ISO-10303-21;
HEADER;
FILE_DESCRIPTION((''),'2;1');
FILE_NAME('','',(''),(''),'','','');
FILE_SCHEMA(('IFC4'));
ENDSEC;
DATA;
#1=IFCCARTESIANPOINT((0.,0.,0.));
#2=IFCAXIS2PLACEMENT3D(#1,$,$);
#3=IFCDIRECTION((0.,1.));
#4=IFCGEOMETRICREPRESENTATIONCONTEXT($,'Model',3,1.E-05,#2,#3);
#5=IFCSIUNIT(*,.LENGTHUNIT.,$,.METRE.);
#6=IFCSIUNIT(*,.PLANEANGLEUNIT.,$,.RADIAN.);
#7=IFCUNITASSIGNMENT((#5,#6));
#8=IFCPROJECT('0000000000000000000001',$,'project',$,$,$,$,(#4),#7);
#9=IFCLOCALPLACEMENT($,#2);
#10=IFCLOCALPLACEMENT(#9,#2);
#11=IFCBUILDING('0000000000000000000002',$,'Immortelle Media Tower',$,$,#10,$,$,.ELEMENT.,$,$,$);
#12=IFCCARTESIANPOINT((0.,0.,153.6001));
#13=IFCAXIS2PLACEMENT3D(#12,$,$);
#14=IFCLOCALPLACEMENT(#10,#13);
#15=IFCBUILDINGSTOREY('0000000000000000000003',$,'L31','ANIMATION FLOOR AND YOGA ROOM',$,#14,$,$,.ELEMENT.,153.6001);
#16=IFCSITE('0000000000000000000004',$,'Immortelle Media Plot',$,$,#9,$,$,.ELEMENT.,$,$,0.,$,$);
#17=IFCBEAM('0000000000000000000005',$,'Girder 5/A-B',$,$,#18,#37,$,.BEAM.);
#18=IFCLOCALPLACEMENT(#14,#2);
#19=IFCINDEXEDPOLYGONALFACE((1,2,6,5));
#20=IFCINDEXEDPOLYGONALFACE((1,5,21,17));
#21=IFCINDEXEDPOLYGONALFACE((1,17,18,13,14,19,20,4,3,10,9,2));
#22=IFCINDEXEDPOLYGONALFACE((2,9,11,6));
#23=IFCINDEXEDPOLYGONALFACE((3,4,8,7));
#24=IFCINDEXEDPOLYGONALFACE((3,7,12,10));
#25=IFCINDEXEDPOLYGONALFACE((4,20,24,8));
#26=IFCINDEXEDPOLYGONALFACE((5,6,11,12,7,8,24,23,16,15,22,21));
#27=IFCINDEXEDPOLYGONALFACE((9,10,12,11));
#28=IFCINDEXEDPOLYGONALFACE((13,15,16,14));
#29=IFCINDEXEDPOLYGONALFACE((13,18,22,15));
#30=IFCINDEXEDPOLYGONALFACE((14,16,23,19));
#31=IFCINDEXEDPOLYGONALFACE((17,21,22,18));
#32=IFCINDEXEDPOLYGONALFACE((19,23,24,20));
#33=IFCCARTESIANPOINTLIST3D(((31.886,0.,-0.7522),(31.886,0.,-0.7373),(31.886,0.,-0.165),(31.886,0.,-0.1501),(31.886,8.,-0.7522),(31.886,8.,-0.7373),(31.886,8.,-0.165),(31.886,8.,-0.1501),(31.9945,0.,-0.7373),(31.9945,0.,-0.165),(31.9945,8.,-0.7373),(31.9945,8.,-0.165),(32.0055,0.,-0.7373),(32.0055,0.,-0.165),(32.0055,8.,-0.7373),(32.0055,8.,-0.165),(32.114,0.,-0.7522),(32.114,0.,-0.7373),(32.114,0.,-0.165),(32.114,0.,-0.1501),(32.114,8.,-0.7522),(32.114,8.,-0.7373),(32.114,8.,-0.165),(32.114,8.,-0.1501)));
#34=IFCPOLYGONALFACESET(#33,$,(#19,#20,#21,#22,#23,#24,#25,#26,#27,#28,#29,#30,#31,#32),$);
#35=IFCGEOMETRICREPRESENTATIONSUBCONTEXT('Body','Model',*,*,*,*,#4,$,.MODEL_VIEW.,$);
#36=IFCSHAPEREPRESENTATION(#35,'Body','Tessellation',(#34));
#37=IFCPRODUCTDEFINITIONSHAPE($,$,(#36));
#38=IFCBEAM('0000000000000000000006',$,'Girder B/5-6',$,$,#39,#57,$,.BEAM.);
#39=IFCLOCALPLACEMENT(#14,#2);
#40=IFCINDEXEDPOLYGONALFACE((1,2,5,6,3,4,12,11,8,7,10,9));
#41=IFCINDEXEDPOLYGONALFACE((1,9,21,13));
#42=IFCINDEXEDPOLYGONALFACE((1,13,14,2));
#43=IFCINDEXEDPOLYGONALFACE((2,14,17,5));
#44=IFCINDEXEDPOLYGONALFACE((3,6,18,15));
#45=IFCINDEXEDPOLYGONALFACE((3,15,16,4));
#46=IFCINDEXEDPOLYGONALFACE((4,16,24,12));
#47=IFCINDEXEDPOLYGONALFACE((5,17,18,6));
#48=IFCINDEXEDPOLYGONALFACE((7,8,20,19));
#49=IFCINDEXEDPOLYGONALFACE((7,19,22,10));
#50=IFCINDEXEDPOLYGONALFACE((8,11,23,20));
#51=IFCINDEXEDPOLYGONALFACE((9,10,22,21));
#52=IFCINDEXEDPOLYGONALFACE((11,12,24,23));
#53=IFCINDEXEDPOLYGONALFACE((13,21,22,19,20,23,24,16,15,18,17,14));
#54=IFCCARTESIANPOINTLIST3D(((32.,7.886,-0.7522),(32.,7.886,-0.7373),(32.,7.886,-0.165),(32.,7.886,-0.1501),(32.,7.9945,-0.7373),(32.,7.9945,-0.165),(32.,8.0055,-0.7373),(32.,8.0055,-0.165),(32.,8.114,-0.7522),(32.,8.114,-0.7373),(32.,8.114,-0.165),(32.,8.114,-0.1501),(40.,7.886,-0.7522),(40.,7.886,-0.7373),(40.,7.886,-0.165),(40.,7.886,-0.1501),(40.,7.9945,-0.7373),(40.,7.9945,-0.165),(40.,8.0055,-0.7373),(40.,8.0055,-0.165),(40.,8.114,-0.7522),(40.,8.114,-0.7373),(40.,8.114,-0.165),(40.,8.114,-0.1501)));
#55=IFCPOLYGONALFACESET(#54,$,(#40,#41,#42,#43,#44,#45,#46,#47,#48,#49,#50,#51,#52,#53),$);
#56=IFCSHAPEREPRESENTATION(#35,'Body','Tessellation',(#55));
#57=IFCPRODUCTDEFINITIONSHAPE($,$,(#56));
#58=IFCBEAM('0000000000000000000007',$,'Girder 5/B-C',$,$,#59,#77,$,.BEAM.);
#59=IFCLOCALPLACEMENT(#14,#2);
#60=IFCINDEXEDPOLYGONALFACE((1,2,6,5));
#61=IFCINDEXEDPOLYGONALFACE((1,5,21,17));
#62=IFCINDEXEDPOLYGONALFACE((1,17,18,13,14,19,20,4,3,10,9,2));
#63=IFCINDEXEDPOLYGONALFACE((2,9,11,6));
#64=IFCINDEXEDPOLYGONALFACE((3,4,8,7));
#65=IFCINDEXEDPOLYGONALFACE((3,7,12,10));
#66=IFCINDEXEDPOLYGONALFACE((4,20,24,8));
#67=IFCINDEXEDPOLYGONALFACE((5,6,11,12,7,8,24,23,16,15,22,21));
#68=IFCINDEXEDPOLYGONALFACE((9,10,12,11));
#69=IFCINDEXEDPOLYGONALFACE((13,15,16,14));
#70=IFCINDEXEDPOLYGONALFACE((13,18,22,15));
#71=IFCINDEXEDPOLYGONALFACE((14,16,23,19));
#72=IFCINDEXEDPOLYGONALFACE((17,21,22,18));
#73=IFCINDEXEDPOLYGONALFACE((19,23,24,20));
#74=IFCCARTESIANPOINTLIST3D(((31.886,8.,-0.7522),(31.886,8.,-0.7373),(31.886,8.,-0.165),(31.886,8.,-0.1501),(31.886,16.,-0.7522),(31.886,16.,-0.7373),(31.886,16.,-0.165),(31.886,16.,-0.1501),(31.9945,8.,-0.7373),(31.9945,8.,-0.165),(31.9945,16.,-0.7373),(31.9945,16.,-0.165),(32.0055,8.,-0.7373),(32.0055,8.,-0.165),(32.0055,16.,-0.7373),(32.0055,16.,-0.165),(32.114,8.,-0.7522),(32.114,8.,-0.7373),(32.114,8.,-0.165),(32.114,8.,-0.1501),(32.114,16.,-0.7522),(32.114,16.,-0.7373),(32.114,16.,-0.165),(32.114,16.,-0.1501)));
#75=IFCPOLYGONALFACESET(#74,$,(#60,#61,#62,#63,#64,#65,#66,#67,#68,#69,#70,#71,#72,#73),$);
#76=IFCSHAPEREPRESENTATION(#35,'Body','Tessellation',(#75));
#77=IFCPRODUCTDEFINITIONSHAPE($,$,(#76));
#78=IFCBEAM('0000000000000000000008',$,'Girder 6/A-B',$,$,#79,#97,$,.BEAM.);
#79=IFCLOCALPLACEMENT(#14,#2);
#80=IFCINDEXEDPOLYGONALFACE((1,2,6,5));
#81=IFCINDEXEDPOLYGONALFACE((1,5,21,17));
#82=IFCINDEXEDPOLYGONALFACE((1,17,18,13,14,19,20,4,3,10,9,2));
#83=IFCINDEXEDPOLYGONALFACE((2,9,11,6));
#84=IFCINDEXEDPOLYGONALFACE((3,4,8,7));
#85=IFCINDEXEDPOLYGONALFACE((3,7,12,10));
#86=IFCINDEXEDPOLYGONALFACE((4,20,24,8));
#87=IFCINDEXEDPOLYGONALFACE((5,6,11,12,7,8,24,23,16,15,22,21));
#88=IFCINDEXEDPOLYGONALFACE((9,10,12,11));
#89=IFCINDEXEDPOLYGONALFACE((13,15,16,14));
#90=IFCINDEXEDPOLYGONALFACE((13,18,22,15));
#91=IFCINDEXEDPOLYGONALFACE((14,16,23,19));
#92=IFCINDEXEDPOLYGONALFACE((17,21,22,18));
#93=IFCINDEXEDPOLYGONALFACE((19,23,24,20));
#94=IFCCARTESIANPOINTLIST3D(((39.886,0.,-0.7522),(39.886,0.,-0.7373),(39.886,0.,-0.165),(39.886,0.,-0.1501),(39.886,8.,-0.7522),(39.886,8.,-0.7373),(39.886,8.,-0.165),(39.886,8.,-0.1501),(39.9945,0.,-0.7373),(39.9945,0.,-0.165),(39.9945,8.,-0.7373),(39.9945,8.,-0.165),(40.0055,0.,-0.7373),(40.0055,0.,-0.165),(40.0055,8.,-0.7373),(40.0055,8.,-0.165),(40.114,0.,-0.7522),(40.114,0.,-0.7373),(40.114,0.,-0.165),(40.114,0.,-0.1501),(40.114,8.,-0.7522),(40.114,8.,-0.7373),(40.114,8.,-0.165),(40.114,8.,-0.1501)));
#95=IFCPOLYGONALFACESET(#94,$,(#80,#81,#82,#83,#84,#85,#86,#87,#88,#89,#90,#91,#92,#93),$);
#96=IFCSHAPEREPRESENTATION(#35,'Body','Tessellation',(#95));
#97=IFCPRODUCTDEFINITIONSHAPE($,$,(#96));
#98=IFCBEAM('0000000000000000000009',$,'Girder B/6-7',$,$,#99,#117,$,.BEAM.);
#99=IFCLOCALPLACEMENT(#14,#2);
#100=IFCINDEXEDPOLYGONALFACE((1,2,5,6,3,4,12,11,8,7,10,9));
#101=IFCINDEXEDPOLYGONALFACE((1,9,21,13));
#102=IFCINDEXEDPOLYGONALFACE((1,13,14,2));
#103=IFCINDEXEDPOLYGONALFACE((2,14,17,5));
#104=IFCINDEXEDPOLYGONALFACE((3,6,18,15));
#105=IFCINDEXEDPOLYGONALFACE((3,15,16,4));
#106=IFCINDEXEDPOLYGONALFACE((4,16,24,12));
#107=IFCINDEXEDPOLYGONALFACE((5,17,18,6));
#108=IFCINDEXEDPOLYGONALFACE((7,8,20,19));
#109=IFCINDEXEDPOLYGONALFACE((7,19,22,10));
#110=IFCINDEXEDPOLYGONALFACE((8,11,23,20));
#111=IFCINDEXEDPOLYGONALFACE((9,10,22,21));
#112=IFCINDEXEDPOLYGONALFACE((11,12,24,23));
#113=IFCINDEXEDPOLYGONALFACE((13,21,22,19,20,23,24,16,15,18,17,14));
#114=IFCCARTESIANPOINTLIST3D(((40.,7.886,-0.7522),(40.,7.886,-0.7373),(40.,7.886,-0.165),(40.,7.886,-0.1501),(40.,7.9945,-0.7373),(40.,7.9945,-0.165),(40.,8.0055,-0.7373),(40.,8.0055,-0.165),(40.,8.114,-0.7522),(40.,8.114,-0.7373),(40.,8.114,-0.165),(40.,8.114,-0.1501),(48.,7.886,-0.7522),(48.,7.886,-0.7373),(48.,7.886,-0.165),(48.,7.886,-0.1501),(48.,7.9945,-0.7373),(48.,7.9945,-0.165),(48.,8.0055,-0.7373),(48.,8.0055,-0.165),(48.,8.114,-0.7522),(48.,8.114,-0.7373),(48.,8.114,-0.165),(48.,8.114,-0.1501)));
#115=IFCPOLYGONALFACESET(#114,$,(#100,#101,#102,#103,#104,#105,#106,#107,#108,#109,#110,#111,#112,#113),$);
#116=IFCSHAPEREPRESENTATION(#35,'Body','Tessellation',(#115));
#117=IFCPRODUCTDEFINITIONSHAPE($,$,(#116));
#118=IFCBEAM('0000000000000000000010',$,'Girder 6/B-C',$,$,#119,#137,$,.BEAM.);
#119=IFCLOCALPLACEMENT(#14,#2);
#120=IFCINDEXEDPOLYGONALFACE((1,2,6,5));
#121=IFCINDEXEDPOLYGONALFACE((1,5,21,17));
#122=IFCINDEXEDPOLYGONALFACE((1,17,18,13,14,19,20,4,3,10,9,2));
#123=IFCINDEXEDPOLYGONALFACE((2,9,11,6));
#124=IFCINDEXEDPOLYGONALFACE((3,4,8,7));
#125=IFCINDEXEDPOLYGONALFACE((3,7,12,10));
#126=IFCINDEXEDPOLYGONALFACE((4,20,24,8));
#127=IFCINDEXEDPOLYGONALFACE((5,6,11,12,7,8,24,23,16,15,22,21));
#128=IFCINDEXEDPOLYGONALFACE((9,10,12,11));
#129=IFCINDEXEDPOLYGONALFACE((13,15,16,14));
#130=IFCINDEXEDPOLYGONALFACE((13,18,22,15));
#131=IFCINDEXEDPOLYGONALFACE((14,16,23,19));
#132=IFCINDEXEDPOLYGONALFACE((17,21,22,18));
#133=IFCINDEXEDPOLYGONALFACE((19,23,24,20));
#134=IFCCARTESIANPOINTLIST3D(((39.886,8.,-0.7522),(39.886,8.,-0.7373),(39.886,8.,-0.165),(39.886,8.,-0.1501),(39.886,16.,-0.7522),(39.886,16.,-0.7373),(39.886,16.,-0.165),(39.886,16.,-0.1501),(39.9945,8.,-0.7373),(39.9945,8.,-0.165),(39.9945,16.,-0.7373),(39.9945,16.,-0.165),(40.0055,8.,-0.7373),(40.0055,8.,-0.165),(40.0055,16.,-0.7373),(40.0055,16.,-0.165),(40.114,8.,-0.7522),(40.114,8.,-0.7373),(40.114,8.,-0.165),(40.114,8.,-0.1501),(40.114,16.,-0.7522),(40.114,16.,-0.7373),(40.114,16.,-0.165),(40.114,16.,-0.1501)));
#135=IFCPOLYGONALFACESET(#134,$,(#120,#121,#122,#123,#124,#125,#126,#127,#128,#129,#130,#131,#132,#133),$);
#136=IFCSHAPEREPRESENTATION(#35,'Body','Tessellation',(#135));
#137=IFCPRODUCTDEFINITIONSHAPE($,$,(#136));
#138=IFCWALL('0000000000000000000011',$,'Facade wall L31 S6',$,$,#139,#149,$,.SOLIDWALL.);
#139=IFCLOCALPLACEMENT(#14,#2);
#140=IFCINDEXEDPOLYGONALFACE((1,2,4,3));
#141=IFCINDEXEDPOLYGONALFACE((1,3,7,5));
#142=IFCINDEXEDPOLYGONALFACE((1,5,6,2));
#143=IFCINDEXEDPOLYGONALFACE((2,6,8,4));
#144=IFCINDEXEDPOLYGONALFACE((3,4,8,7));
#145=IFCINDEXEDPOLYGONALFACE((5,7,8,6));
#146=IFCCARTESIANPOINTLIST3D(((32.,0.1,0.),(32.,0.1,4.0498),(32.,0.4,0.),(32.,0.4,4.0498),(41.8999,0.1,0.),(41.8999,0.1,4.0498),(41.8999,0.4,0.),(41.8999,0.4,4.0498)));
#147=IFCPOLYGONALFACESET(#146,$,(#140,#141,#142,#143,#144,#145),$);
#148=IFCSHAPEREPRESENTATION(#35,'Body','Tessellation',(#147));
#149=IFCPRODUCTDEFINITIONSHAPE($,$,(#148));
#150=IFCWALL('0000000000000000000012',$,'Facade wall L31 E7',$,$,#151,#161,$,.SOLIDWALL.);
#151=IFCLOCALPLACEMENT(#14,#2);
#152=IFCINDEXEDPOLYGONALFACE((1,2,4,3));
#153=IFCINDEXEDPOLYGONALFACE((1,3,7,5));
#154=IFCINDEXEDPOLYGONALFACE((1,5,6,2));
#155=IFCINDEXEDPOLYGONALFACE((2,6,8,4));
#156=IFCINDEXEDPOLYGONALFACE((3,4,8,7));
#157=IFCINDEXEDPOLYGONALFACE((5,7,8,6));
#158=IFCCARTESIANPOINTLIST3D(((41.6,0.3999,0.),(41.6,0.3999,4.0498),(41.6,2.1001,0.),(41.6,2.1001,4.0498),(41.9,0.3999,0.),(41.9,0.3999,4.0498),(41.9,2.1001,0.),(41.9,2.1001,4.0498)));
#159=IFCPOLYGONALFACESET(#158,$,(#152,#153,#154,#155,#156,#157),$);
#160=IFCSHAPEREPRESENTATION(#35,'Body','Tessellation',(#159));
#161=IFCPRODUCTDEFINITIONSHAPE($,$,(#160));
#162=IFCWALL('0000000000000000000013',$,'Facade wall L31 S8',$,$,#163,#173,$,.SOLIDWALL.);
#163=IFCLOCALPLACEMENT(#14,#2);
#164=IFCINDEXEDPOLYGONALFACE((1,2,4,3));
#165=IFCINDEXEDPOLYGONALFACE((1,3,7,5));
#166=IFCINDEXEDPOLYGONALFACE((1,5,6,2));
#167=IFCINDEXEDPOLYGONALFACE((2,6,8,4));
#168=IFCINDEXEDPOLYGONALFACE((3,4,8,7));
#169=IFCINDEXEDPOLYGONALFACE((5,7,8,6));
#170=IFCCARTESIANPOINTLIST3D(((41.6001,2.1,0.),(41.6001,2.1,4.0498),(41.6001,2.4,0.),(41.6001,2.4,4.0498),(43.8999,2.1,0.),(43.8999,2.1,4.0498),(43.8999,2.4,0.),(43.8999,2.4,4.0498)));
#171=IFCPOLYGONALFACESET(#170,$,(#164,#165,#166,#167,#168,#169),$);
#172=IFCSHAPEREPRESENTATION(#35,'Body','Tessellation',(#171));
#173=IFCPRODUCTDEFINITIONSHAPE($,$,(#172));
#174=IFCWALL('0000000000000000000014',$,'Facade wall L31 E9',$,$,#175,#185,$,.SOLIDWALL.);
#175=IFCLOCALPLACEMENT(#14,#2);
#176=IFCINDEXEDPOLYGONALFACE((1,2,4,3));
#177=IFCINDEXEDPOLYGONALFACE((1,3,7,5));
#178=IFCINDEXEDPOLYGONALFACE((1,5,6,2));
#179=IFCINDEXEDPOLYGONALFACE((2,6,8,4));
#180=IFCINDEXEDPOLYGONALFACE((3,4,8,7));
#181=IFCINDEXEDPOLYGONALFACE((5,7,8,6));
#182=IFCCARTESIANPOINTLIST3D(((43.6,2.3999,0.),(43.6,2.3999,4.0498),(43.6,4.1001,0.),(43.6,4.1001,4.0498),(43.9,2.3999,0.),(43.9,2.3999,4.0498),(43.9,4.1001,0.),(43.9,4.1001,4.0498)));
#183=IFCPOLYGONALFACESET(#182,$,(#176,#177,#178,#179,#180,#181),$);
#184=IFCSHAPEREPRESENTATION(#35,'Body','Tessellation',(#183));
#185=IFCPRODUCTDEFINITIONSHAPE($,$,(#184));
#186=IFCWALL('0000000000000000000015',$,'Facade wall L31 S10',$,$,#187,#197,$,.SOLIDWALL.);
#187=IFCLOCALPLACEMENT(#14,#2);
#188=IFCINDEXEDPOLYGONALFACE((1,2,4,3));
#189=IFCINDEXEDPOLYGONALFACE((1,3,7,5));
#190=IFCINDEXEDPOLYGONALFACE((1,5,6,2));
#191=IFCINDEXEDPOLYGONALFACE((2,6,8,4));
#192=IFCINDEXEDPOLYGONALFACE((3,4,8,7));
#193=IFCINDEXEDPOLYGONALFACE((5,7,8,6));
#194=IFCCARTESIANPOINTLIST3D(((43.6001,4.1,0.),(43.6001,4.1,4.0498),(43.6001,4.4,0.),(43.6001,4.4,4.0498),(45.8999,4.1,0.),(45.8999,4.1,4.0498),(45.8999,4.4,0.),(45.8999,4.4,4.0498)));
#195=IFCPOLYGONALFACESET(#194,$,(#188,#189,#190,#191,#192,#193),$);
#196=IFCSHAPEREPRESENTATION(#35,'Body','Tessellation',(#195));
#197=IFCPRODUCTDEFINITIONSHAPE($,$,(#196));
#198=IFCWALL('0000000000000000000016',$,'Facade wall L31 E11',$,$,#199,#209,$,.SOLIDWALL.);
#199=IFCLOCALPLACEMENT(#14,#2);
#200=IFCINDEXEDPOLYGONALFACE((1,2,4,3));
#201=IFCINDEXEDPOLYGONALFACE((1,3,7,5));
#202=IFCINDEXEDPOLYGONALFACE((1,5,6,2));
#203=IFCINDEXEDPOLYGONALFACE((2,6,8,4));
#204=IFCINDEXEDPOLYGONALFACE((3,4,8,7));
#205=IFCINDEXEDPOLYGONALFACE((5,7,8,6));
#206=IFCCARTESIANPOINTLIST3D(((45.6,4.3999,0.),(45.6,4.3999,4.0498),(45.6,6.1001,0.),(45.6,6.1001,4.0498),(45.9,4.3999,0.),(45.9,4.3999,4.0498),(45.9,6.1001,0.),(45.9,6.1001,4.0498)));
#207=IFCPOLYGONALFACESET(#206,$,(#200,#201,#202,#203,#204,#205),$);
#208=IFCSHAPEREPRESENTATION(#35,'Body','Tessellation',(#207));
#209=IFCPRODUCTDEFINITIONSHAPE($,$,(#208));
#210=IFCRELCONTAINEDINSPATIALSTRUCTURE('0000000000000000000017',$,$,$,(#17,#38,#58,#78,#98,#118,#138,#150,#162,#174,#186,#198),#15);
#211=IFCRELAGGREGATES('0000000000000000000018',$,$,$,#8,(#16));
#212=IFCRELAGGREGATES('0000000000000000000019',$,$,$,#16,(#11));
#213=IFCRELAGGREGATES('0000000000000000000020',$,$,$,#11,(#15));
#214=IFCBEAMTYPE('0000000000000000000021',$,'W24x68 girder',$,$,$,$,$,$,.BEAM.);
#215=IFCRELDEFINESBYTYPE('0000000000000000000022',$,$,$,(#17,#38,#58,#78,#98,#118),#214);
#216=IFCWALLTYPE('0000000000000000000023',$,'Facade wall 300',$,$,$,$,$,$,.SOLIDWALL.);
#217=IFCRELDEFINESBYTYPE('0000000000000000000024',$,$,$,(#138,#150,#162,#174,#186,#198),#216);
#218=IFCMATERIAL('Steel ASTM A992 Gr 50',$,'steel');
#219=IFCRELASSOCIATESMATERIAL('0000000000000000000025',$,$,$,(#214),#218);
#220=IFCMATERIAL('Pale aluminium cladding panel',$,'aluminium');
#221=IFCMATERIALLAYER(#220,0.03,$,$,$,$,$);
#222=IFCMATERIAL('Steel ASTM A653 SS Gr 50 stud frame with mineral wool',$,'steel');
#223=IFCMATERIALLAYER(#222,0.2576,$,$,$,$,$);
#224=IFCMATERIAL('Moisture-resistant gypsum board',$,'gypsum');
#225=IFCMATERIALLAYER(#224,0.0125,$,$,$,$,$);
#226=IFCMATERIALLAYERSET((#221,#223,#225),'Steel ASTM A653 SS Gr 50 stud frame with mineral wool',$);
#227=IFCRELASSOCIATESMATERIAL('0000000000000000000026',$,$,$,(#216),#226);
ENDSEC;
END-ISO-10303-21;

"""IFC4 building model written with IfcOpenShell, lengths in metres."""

from ifc_helpers import new_model, si_unit, direction, frame, frame_2d, origin, origin_2d, place, context, subcontext, project, spatial, rectangle, i_section, extrude, material, layer, layer_set, material_profile, profile_set, type_object, element, save


model = new_model("IFC4")

# Units and contexts
model_context = context("Model", 3, precision=1e-05, world=origin(), true_north=direction((0.0, 1.0)))
body_context = subcontext(model_context, "Body", "Model", "MODEL_VIEW")
ifc_project = project(units=[si_unit("LENGTHUNIT", "METRE"), si_unit("PLANEANGLEUNIT", "RADIAN")], contexts=[model_context])

# Site, building, storey
site_placement = place(None, origin())
site = spatial("IfcSite", under=ifc_project, at=site_placement, Name="Immortelle Media Plot", CompositionType="ELEMENT", RefElevation=0.0)
building_placement = place(site_placement, origin())
building = spatial("IfcBuilding", under=site, at=building_placement, Name="Immortelle Media Tower", CompositionType="ELEMENT")
storey_placement = place(building_placement, frame((0.0, 0.0, 153.6001)))
storey = spatial("IfcBuildingStorey", under=building, at=storey_placement, Name="L31", Description="ANIMATION FLOOR AND YOGA ROOM", CompositionType="ELEMENT", Elevation=153.6001)

# Shared definitions
ifc_material_1 = material(Name="Steel ASTM A992 Gr 50", Category="steel")

# Beams
ifc_material_profile_1 = material_profile(ifc_material_1, i_section(OverallWidth=0.228, OverallDepth=0.6021, WebThickness=0.011, FlangeThickness=0.0149, at=origin_2d()), Name="W24x68")
ifc_profile_set_1 = profile_set([ifc_material_profile_1], Name="Steel ASTM A992 Gr 50")
beam_type_1 = type_object("IfcBeamType", Name="W24x68 girder", PredefinedType="BEAM", material=ifc_profile_set_1)
for number, where, z_axis, x_axis, name in (
    (1, (32.0, 0.0, -0.4512), (0.0, 1.0, 0.0), (-1.0, 0.0, 0.0), "Girder 5/A-B"),
    (2, (32.0, 8.0, -0.4512), (1.0, 0.0, 0.0), (0.0, 1.0, 0.0), "Girder B/5-6"),
    (3, (32.0, 8.0, -0.4512), (0.0, 1.0, 0.0), (-1.0, 0.0, 0.0), "Girder 5/B-C"),
    (4, (40.0, 0.0, -0.4512), (0.0, 1.0, 0.0), (-1.0, 0.0, 0.0), "Girder 6/A-B"),
    (5, (40.0, 8.0, -0.4512), (1.0, 0.0, 0.0), (0.0, 1.0, 0.0), "Girder B/6-7"),
    (6, (40.0, 8.0, -0.4512), (0.0, 1.0, 0.0), (-1.0, 0.0, 0.0), "Girder 6/B-C"),
):
    element("IfcBeam", number, at=place(storey_placement, frame(where, z_axis=z_axis, x_axis=x_axis)), inside=storey, type_object=beam_type_1, Name=name, PredefinedType="BEAM", context=body_context, shape_type="SweptSolid", body=[
        extrude(i_section(OverallWidth=0.228, OverallDepth=0.6021, WebThickness=0.011, FlangeThickness=0.0149, at=origin_2d()), origin(), (0.0, 0.0, 1.0), 8.0),
    ])

# Walls
ifc_material_2 = material(Name="Pale aluminium cladding panel", Category="aluminium")
ifc_layer_1 = layer(ifc_material_2, 0.03)
ifc_material_3 = material(Name="Steel ASTM A653 SS Gr 50 stud frame with mineral wool", Category="steel")
ifc_layer_2 = layer(ifc_material_3, 0.2576)
ifc_material_4 = material(Name="Moisture-resistant gypsum board", Category="gypsum")
ifc_layer_3 = layer(ifc_material_4, 0.0125)
ifc_layer_set = layer_set([ifc_layer_1, ifc_layer_2, ifc_layer_3], Name="Steel ASTM A653 SS Gr 50 stud frame with mineral wool")
wall_type = type_object("IfcWallType", Name="Facade wall 300", PredefinedType="SOLIDWALL", material=ifc_layer_set)
wall_1_placement = place(storey_placement, frame((32.0, 0.25, 0.0), z_axis=(0.0, 0.0, 1.0), x_axis=(1.0, 0.0, 0.0)))
element("IfcWall", 7, at=wall_1_placement, inside=storey, type_object=wall_type, Name="Facade wall L31 S6", PredefinedType="SOLIDWALL", context=body_context, shape_type="SweptSolid", body=[
    extrude(rectangle(XDim=9.8999, YDim=0.3, at=frame_2d((4.95, 0.0))), origin(), (0.0, 0.0, 1.0), 4.0498),
])
wall_2_placement = place(storey_placement, frame((41.75, 0.3999, 0.0), z_axis=(0.0, 0.0, 1.0), x_axis=(0.0, 1.0, 0.0)))
element("IfcWall", 8, at=wall_2_placement, inside=storey, type_object=wall_type, Name="Facade wall L31 E7", PredefinedType="SOLIDWALL", context=body_context, shape_type="SweptSolid", body=[
    extrude(rectangle(XDim=1.7002, YDim=0.3, at=frame_2d((0.8501, 0.0))), origin(), (0.0, 0.0, 1.0), 4.0498),
])
wall_3_placement = place(storey_placement, frame((41.6001, 2.25, 0.0), z_axis=(0.0, 0.0, 1.0), x_axis=(1.0, 0.0, 0.0)))
element("IfcWall", 9, at=wall_3_placement, inside=storey, type_object=wall_type, Name="Facade wall L31 S8", PredefinedType="SOLIDWALL", context=body_context, shape_type="SweptSolid", body=[
    extrude(rectangle(XDim=2.2998, YDim=0.3, at=frame_2d((1.1499, 0.0))), origin(), (0.0, 0.0, 1.0), 4.0498),
])
wall_4_placement = place(storey_placement, frame((43.75, 2.3999, 0.0), z_axis=(0.0, 0.0, 1.0), x_axis=(0.0, 1.0, 0.0)))
element("IfcWall", 10, at=wall_4_placement, inside=storey, type_object=wall_type, Name="Facade wall L31 E9", PredefinedType="SOLIDWALL", context=body_context, shape_type="SweptSolid", body=[
    extrude(rectangle(XDim=1.7002, YDim=0.3, at=frame_2d((0.8501, 0.0))), origin(), (0.0, 0.0, 1.0), 4.0498),
])
wall_5_placement = place(storey_placement, frame((43.6001, 4.25, 0.0), z_axis=(0.0, 0.0, 1.0), x_axis=(1.0, 0.0, 0.0)))
element("IfcWall", 11, at=wall_5_placement, inside=storey, type_object=wall_type, Name="Facade wall L31 S10", PredefinedType="SOLIDWALL", context=body_context, shape_type="SweptSolid", body=[
    extrude(rectangle(XDim=2.2998, YDim=0.3, at=frame_2d((1.1499, 0.0))), origin(), (0.0, 0.0, 1.0), 4.0498),
])
wall_6_placement = place(storey_placement, frame((45.75, 4.3999, 0.0), z_axis=(0.0, 0.0, 1.0), x_axis=(0.0, 1.0, 0.0)))
element("IfcWall", 12, at=wall_6_placement, inside=storey, type_object=wall_type, Name="Facade wall L31 E11", PredefinedType="SOLIDWALL", context=body_context, shape_type="SweptSolid", body=[
    extrude(rectangle(XDim=1.7002, YDim=0.3, at=frame_2d((0.8501, 0.0))), origin(), (0.0, 0.0, 1.0), 4.0498),
])

save(model, "model.ifc")
